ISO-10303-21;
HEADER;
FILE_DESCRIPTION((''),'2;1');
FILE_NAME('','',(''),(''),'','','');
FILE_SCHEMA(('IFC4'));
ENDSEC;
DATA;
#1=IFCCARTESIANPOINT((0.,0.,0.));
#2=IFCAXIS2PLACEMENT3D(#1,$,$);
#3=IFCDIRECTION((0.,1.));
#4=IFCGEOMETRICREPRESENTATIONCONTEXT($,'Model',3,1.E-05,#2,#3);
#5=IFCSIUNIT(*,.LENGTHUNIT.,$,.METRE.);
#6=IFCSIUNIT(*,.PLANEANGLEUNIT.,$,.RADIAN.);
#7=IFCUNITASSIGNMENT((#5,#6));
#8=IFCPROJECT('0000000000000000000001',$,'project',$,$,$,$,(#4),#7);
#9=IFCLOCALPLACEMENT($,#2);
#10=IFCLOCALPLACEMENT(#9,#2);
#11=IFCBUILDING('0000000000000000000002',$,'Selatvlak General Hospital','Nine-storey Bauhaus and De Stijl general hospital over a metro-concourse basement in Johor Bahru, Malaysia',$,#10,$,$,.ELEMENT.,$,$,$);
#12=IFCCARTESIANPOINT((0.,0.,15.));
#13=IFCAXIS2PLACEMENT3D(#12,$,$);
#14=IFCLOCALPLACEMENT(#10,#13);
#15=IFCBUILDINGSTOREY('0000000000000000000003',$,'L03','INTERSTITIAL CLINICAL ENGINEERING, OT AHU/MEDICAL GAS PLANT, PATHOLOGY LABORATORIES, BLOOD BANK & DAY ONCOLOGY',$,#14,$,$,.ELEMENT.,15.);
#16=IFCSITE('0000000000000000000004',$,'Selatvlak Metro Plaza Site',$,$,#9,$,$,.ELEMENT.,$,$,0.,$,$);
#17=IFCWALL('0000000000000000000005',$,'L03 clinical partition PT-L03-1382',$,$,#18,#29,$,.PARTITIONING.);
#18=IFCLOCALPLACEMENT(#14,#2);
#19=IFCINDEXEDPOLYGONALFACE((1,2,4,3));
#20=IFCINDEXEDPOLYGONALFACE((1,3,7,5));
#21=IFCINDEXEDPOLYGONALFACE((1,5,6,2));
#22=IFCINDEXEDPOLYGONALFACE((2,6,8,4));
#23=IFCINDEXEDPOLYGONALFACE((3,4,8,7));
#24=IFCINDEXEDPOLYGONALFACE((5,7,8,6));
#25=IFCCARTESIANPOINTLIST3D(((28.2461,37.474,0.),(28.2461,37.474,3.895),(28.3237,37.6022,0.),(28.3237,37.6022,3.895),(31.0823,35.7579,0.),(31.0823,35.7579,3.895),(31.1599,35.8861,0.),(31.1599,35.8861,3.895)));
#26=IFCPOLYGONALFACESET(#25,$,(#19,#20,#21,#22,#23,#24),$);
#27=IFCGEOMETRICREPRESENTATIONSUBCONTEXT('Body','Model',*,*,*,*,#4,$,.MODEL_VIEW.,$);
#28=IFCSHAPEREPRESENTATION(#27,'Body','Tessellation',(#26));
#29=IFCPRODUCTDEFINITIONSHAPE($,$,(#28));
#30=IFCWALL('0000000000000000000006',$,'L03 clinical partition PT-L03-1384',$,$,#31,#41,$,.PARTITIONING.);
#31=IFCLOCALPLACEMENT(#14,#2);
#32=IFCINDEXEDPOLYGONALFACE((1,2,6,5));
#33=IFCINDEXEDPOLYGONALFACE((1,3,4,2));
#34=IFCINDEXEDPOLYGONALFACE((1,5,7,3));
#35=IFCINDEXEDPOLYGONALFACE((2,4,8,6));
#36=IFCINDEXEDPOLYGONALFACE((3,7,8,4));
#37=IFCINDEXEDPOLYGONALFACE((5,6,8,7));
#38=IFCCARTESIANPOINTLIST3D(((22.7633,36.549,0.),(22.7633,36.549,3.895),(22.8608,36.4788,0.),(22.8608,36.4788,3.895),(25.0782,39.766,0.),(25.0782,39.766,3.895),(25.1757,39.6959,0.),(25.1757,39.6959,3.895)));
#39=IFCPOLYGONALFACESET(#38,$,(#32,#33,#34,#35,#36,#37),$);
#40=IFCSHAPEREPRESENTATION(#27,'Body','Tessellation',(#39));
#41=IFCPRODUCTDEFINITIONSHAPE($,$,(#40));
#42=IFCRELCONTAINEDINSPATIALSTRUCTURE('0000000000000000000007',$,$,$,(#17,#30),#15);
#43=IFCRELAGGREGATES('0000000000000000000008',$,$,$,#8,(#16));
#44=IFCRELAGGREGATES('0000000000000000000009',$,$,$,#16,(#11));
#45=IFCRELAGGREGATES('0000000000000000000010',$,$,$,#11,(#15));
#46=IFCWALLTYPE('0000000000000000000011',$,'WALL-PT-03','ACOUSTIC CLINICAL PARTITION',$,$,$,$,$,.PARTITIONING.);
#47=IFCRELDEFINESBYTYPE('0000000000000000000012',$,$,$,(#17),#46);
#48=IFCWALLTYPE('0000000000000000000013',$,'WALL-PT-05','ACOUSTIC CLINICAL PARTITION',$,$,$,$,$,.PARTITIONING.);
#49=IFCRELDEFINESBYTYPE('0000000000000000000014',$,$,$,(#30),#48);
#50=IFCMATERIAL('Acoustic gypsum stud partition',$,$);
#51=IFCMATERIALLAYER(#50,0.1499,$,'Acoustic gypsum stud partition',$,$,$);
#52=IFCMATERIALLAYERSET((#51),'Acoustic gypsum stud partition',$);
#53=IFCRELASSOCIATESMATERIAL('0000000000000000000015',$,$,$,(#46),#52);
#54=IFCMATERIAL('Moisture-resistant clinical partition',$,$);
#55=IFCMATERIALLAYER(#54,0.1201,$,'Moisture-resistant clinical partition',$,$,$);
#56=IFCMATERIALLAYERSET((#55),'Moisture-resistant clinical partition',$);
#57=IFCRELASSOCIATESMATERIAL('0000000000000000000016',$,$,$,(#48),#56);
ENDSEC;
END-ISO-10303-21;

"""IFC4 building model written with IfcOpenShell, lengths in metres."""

from ifc_helpers import new_model, si_unit, direction, frame, frame_2d, origin, place, context, subcontext, project, spatial, rectangle, extrude, material, layer, layer_set, type_object, element, save


model = new_model("IFC4")

# Units and contexts
model_context = context("Model", 3, precision=1e-05, world=origin(), true_north=direction((0.0, 1.0)))
body_context = subcontext(model_context, "Body", "Model", "MODEL_VIEW")
ifc_project = project(units=[si_unit("LENGTHUNIT", "METRE"), si_unit("PLANEANGLEUNIT", "RADIAN")], contexts=[model_context])

# Site, building, storey
site_placement = place(None, origin())
site = spatial("IfcSite", under=ifc_project, at=site_placement, Name="Selatvlak Metro Plaza Site", CompositionType="ELEMENT", RefElevation=0.0)
building_placement = place(site_placement, origin())
building = spatial("IfcBuilding", under=site, at=building_placement, Name="Selatvlak General Hospital", Description="Nine-storey Bauhaus and De Stijl general hospital over a metro-concourse basement in Johor Bahru, Malaysia", CompositionType="ELEMENT")
storey_placement = place(building_placement, frame((0.0, 0.0, 15.0)))
storey = spatial("IfcBuildingStorey", under=building, at=storey_placement, Name="L03", Description="INTERSTITIAL CLINICAL ENGINEERING, OT AHU/MEDICAL GAS PLANT, PATHOLOGY LABORATORIES, BLOOD BANK & DAY ONCOLOGY", CompositionType="ELEMENT", Elevation=15.0)

# Wall
ifc_material_1 = material(Name="Acoustic gypsum stud partition")
ifc_layer_1 = layer(ifc_material_1, 0.1499, Name="Acoustic gypsum stud partition")
ifc_layer_set_1 = layer_set([ifc_layer_1], Name="Acoustic gypsum stud partition")
wall_type_1 = type_object("IfcWallType", Name="WALL-PT-03", Description="ACOUSTIC CLINICAL PARTITION", PredefinedType="PARTITIONING", material=ifc_layer_set_1)
wall_1_placement = place(storey_placement, frame((31.1211, 35.822, 0.0), z_axis=(0.0, 0.0, 1.0), x_axis=(-0.855576, 0.517676, 0.0)))
element("IfcWall", 1, at=wall_1_placement, inside=storey, type_object=wall_type_1, Name="L03 clinical partition PT-L03-1382", PredefinedType="PARTITIONING", context=body_context, shape_type="SweptSolid", body=[
    extrude(rectangle(XDim=3.3149, YDim=0.1499, at=frame_2d((1.6575, 0.0))), origin(), (0.0, 0.0, 1.0), 3.895),
])

# Shared definitions
ifc_material_2 = material(Name="Moisture-resistant clinical partition")

# Wall
ifc_layer_2 = layer(ifc_material_2, 0.1201, Name="Moisture-resistant clinical partition")
ifc_layer_set_2 = layer_set([ifc_layer_2], Name="Moisture-resistant clinical partition")
wall_type_2 = type_object("IfcWallType", Name="WALL-PT-05", Description="ACOUSTIC CLINICAL PARTITION", PredefinedType="PARTITIONING", material=ifc_layer_set_2)
wall_2_placement = place(storey_placement, frame((25.127, 39.731, 0.0), z_axis=(0.0, 0.0, 1.0), x_axis=(-0.584084, -0.811693, 0.0)))
element("IfcWall", 2, at=wall_2_placement, inside=storey, type_object=wall_type_2, Name="L03 clinical partition PT-L03-1384", PredefinedType="PARTITIONING", context=body_context, shape_type="SweptSolid", body=[
    extrude(rectangle(XDim=3.9634, YDim=0.1201, at=frame_2d((1.9817, 0.0))), origin(), (0.0, 0.0, 1.0), 3.895),
])

save(model, "model.ifc")
